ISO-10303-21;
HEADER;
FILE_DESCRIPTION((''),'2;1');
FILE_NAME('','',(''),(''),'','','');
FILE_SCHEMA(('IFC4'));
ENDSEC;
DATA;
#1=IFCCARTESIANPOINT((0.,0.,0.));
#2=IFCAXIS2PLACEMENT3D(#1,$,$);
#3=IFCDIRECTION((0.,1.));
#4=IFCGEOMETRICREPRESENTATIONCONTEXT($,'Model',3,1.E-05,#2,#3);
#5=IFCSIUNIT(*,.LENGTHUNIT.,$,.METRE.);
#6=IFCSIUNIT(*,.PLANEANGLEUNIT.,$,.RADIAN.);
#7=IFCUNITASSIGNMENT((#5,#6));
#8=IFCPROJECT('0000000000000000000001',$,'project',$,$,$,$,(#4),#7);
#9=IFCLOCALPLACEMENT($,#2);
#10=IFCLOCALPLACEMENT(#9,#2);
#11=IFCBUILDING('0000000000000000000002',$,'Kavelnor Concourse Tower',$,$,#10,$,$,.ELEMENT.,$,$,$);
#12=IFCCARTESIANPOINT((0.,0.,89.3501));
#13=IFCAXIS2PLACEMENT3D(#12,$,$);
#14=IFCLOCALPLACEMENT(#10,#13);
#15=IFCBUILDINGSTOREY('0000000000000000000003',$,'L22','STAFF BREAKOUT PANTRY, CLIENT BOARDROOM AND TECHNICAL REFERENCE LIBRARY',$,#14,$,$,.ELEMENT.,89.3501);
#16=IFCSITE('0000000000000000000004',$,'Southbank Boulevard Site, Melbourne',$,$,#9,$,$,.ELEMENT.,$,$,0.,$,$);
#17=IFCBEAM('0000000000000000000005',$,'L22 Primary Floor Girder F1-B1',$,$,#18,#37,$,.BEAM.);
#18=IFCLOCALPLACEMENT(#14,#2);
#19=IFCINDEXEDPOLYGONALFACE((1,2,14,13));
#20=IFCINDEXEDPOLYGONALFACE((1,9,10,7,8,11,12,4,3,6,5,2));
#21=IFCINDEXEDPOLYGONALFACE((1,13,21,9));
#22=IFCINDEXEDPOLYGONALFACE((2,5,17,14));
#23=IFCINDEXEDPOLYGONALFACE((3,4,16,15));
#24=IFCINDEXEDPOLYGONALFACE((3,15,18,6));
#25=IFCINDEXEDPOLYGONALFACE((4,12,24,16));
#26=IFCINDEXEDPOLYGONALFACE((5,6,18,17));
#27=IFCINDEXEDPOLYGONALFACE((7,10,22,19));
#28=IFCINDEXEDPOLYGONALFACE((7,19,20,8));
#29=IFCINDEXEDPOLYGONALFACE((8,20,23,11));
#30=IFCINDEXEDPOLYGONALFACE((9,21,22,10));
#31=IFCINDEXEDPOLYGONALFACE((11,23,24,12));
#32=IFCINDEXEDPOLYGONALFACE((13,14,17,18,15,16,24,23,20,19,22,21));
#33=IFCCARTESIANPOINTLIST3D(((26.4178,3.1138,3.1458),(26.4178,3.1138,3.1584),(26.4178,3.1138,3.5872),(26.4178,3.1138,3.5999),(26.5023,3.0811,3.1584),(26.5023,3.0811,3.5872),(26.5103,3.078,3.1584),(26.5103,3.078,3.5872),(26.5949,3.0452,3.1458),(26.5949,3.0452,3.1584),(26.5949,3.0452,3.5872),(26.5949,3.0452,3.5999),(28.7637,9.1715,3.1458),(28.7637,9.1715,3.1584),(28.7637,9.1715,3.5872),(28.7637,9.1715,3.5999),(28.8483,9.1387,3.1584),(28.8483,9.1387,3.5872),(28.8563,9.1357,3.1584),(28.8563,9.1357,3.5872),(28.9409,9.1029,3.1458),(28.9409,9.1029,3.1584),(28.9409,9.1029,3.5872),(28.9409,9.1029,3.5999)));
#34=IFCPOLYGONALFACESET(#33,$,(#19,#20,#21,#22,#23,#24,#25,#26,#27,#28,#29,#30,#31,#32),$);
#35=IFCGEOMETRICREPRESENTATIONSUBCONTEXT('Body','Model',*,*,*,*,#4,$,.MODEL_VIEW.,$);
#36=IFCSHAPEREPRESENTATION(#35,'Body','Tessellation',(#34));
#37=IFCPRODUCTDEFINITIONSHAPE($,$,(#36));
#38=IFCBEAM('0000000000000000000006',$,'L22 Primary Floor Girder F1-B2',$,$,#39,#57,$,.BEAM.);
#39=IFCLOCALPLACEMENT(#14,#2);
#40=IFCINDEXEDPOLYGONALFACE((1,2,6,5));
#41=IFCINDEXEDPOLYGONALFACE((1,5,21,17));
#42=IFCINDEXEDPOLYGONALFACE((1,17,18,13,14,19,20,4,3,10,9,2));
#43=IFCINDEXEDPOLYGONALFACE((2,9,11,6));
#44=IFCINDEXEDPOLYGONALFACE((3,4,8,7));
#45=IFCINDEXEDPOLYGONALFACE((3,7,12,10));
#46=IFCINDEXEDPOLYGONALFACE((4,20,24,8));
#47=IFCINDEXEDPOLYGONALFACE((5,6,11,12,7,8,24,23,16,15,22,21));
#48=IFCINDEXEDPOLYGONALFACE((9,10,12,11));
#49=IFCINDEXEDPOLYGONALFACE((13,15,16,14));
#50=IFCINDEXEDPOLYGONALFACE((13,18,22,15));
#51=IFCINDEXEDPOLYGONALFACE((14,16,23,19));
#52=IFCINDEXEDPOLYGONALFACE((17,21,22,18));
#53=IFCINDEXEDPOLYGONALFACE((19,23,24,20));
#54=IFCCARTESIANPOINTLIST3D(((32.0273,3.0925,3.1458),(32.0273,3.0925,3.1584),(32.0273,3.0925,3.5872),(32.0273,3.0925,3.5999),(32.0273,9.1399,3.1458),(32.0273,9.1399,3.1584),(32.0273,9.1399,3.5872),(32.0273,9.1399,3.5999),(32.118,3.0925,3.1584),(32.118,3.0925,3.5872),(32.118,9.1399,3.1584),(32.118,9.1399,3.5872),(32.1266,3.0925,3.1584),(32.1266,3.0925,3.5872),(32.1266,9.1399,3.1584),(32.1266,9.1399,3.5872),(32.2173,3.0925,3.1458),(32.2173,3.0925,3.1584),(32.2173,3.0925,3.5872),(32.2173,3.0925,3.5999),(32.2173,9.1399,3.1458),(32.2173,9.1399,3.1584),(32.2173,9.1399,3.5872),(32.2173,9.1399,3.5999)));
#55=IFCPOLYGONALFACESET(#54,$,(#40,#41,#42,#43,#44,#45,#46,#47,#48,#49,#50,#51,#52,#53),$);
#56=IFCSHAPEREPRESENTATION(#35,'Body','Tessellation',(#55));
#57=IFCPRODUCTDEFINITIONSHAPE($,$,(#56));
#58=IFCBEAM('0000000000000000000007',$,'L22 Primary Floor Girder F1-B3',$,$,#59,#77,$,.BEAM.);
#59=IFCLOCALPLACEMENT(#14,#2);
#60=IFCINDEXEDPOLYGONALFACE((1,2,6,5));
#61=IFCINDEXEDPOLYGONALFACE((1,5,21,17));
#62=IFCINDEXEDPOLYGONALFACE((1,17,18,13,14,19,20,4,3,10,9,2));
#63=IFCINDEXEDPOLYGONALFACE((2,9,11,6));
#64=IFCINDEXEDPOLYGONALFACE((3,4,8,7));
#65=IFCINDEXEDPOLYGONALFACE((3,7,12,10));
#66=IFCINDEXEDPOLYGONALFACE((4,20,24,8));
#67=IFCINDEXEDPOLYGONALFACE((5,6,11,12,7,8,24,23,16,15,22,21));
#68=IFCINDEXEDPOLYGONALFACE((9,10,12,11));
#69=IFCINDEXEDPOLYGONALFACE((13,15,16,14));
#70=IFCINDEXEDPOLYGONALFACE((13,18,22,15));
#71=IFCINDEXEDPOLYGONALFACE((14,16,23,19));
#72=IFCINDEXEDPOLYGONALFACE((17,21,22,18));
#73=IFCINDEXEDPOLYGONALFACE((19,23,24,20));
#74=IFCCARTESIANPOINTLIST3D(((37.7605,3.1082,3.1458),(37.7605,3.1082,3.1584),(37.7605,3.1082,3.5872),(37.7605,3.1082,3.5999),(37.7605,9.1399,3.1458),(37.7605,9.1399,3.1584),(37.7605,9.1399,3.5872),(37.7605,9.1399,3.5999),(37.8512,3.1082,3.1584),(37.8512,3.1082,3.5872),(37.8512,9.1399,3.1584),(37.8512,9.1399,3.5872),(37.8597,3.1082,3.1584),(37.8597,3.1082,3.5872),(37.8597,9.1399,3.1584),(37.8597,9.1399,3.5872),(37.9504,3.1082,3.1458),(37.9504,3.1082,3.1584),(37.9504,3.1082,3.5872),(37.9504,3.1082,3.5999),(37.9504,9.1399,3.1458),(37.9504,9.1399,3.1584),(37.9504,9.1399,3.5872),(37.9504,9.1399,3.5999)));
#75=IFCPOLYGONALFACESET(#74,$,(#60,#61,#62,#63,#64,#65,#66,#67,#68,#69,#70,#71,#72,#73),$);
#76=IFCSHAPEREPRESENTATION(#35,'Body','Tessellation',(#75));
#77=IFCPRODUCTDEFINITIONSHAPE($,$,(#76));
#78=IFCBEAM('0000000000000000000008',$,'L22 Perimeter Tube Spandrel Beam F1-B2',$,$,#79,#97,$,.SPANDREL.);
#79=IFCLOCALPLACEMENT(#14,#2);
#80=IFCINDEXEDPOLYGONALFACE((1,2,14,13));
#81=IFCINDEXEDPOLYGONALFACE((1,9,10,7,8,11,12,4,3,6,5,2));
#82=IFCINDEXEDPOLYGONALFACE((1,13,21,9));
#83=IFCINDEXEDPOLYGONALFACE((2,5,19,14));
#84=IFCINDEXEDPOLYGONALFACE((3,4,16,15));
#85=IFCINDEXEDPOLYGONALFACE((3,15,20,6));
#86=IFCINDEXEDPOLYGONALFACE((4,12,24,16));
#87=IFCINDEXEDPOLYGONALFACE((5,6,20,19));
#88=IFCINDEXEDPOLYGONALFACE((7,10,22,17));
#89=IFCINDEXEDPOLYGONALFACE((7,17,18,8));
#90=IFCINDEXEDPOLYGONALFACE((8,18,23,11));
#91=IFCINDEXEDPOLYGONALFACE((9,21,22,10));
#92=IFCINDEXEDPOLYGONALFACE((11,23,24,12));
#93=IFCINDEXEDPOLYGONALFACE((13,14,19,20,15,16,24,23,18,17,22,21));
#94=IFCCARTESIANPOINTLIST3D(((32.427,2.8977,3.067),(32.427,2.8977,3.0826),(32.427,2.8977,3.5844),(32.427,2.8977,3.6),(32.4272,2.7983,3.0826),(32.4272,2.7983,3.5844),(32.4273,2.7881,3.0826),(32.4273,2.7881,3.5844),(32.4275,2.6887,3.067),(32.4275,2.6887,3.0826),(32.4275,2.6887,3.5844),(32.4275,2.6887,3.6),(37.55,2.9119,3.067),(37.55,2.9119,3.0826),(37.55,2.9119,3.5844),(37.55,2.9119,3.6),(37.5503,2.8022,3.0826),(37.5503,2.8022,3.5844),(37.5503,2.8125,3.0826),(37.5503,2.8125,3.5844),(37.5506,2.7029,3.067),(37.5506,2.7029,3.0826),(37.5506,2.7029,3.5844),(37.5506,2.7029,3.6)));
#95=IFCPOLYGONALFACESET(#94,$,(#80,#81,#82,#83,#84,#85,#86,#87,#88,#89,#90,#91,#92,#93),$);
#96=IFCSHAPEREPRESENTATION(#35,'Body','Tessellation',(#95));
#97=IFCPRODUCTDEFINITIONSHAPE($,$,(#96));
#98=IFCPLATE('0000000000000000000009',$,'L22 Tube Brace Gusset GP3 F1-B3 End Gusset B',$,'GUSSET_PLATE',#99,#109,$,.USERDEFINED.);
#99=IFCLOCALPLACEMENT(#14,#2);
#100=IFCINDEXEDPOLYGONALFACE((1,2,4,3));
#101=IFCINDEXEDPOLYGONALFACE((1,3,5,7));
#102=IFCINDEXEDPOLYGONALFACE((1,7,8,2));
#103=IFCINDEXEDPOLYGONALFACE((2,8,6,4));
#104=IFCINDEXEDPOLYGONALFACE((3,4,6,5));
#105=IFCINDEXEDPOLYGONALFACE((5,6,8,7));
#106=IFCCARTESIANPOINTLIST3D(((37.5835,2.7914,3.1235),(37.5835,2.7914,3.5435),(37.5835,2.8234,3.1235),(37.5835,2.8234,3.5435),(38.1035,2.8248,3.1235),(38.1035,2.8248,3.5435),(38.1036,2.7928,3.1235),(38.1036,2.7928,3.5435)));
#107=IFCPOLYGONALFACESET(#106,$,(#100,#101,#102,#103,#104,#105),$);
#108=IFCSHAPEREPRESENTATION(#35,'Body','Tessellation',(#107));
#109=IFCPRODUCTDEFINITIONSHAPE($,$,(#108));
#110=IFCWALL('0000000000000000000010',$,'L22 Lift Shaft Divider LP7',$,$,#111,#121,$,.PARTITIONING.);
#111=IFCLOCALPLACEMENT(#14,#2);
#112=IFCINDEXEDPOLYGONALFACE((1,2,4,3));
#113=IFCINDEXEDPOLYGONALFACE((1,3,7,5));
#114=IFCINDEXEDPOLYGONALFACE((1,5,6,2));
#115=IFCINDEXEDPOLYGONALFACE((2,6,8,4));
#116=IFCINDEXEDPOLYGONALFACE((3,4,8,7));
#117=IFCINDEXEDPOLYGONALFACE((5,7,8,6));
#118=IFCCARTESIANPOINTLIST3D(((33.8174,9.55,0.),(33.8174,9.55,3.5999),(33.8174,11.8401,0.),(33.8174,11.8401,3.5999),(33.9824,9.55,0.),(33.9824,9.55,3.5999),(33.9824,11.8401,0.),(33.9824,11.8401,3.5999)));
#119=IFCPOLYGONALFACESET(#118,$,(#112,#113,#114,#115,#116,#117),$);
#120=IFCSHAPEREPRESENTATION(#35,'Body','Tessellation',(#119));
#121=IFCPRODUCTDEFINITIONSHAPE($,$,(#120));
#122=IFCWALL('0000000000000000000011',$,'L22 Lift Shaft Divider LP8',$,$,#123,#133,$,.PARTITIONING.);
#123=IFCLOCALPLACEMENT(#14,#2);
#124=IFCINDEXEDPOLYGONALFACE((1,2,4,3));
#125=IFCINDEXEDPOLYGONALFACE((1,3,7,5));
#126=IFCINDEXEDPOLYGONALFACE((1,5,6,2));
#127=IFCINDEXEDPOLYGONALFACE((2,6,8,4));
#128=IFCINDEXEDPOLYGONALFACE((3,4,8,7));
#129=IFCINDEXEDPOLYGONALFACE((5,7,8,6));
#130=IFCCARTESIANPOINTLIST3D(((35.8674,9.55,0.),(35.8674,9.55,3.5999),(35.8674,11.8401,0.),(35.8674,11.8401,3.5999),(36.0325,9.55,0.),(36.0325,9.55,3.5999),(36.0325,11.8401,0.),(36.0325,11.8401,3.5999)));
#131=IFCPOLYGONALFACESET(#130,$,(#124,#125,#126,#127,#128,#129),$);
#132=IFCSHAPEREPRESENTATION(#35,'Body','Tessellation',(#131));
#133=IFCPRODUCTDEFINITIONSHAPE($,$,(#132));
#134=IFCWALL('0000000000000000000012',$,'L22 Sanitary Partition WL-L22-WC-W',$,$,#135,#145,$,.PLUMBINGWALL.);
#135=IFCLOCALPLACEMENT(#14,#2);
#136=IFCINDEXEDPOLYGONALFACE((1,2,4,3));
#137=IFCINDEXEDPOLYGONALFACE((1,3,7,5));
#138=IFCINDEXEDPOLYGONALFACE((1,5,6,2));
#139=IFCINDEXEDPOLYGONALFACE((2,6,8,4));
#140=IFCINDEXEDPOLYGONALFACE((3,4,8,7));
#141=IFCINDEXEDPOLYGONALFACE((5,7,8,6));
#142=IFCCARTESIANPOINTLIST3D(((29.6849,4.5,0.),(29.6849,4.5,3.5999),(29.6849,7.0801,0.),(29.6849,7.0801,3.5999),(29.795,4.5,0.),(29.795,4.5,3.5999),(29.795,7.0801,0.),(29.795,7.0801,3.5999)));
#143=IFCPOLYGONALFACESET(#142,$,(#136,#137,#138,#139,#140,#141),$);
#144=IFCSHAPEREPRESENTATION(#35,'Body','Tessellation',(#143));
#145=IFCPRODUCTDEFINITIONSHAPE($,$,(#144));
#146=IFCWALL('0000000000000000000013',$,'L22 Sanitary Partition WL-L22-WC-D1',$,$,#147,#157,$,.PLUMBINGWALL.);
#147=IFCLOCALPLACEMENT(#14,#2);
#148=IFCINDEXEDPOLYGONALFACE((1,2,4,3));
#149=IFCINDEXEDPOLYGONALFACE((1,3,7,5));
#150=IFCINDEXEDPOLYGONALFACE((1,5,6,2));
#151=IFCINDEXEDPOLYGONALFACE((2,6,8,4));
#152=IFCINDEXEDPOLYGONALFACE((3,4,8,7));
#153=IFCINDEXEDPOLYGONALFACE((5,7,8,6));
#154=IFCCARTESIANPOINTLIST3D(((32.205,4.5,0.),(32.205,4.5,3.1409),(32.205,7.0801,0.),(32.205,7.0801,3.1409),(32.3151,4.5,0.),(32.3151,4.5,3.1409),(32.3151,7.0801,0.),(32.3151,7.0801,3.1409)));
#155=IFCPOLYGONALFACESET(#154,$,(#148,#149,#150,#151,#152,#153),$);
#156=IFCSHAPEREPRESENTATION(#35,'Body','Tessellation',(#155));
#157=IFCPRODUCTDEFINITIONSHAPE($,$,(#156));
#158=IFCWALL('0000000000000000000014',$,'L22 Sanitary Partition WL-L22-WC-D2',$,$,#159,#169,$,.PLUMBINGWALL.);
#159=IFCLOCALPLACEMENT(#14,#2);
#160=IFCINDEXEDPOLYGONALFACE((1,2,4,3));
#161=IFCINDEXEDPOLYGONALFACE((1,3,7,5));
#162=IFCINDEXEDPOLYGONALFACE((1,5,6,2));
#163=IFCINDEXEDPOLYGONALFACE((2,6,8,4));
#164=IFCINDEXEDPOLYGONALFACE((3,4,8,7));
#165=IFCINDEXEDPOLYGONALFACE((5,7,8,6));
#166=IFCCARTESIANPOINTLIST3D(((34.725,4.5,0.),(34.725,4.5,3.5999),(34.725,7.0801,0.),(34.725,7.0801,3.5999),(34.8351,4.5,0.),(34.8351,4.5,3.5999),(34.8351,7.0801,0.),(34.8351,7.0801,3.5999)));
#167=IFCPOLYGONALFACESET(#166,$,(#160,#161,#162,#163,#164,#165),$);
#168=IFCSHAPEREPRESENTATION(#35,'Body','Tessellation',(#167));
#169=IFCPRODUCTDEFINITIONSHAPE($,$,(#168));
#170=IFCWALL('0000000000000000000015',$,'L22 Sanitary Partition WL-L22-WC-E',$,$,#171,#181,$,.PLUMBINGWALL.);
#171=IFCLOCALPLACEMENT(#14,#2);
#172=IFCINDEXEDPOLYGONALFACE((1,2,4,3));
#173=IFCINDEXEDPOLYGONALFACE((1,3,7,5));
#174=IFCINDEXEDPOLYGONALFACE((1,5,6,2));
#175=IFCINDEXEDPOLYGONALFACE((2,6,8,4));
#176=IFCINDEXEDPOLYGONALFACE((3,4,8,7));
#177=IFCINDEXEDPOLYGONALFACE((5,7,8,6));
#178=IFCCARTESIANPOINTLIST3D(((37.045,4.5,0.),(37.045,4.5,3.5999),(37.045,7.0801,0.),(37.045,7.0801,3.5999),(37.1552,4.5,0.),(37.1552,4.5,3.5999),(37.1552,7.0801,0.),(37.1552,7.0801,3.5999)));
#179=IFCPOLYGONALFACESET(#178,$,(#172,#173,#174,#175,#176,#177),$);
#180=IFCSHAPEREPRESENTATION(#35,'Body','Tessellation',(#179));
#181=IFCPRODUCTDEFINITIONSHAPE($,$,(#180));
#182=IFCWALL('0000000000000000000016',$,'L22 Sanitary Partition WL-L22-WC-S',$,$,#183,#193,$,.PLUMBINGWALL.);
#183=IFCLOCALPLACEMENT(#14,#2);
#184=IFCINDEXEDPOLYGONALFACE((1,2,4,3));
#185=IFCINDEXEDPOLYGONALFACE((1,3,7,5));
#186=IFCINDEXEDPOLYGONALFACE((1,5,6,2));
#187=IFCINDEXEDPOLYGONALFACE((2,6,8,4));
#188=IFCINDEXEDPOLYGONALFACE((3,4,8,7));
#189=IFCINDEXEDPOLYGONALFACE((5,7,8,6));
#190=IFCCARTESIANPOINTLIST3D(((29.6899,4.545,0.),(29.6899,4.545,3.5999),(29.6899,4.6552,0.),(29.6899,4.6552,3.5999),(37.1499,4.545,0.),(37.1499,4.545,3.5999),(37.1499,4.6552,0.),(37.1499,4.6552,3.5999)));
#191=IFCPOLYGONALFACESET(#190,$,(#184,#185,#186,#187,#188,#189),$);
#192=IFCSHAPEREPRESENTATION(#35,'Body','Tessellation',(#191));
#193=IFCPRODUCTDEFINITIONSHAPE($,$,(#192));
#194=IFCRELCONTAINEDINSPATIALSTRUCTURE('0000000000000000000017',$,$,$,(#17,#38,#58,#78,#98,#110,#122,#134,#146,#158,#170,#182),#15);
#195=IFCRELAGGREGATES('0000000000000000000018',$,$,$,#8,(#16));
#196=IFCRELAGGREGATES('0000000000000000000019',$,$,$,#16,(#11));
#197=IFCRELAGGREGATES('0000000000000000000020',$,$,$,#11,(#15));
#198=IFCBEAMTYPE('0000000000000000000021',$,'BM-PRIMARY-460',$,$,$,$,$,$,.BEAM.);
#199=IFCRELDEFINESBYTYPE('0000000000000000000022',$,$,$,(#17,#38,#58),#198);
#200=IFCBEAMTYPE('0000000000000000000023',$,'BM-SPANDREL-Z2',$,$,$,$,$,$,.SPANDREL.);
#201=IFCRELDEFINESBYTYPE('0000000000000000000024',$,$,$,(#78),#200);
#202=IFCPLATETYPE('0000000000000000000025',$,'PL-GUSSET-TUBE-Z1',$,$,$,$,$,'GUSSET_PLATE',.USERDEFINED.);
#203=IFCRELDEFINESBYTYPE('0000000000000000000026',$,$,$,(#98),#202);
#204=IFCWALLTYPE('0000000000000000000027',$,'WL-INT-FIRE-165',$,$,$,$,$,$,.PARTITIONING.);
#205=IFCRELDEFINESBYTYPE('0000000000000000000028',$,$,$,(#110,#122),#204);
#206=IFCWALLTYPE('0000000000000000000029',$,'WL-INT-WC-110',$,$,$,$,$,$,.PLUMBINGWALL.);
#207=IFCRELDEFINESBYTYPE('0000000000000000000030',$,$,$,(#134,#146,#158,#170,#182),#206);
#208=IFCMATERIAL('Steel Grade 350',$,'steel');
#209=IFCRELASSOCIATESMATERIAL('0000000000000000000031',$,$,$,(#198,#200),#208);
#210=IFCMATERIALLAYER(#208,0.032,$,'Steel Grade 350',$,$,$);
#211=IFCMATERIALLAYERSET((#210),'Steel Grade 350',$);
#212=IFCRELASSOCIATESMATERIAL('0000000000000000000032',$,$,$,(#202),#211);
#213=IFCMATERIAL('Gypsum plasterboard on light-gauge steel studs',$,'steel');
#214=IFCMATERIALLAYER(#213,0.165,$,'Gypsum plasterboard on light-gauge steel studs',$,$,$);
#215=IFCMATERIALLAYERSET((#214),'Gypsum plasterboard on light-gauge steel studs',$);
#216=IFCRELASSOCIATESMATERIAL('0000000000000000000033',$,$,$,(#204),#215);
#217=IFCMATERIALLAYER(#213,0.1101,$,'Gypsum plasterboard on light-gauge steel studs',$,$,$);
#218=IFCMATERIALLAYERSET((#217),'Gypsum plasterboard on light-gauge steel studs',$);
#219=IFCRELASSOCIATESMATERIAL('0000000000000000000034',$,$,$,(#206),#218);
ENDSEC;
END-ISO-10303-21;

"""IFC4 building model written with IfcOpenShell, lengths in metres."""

from ifc_helpers import new_model, si_unit, direction, frame, frame_2d, origin, origin_2d, place, context, subcontext, project, spatial, rectangle, i_section, extrude, material, layer, layer_set, material_profile, profile_set, type_object, element, save


model = new_model("IFC4")

# Units and contexts
model_context = context("Model", 3, precision=1e-05, world=origin(), true_north=direction((0.0, 1.0)))
body_context = subcontext(model_context, "Body", "Model", "MODEL_VIEW")
ifc_project = project(units=[si_unit("LENGTHUNIT", "METRE"), si_unit("PLANEANGLEUNIT", "RADIAN")], contexts=[model_context])

# Site, building, storey
site_placement = place(None, origin())
site = spatial("IfcSite", under=ifc_project, at=site_placement, Name="Southbank Boulevard Site, Melbourne", CompositionType="ELEMENT", RefElevation=0.0)
building_placement = place(site_placement, origin())
building = spatial("IfcBuilding", under=site, at=building_placement, Name="Kavelnor Concourse Tower", CompositionType="ELEMENT")
storey_placement = place(building_placement, frame((0.0, 0.0, 89.3501)))
storey = spatial("IfcBuildingStorey", under=building, at=storey_placement, Name="L22", Description="STAFF BREAKOUT PANTRY, CLIENT BOARDROOM AND TECHNICAL REFERENCE LIBRARY", CompositionType="ELEMENT", Elevation=89.3501)

# Shared definitions
ifc_material_1 = material(Name="Steel Grade 350", Category="steel")

# Beams
ifc_material_profile_1 = material_profile(ifc_material_1, i_section(OverallWidth=0.1899, OverallDepth=0.4541, WebThickness=0.0085, FlangeThickness=0.0127, at=origin_2d()), Name="460UB67")
ifc_profile_set_1 = profile_set([ifc_material_profile_1], Name="Steel Grade 350")
beam_type_1 = type_object("IfcBeamType", Name="BM-PRIMARY-460", PredefinedType="BEAM", material=ifc_profile_set_1)
beam_1_placement = place(storey_placement, frame((28.8523, 9.1372, 3.3728), z_axis=(-0.361136, -0.932513, 0.0), x_axis=(0.932513, -0.361136, 0.0)))
element("IfcBeam", 1, at=beam_1_placement, inside=storey, type_object=beam_type_1, Name="L22 Primary Floor Girder F1-B1", PredefinedType="BEAM", context=body_context, shape_type="SweptSolid", body=[
    extrude(i_section(OverallWidth=0.1899, OverallDepth=0.4541, WebThickness=0.0085, FlangeThickness=0.0127, at=origin_2d()), origin(), (0.0, 0.0, 1.0), 6.4961),
])
beam_2_placement = place(storey_placement, frame((32.1223, 9.1399, 3.3728), z_axis=(0.0, -1.0, 0.0), x_axis=(1.0, 0.0, 0.0)))
element("IfcBeam", 2, at=beam_2_placement, inside=storey, type_object=beam_type_1, Name="L22 Primary Floor Girder F1-B2", PredefinedType="BEAM", context=body_context, shape_type="SweptSolid", body=[
    extrude(i_section(OverallWidth=0.1899, OverallDepth=0.4541, WebThickness=0.0085, FlangeThickness=0.0127, at=origin_2d()), origin(), (0.0, 0.0, 1.0), 6.0474),
])
beam_3_placement = place(storey_placement, frame((37.8555, 9.1399, 3.3728), z_axis=(0.0, -1.0, 0.0), x_axis=(1.0, 0.0, 0.0)))
element("IfcBeam", 3, at=beam_3_placement, inside=storey, type_object=beam_type_1, Name="L22 Primary Floor Girder F1-B3", PredefinedType="BEAM", context=body_context, shape_type="SweptSolid", body=[
    extrude(i_section(OverallWidth=0.1899, OverallDepth=0.4541, WebThickness=0.0085, FlangeThickness=0.0127, at=origin_2d()), origin(), (0.0, 0.0, 1.0), 6.0317),
])
ifc_material_profile_2 = material_profile(ifc_material_1, i_section(OverallWidth=0.209, OverallDepth=0.533, WebThickness=0.0103, FlangeThickness=0.0156, at=origin_2d()), Name="530UB92")
ifc_profile_set_2 = profile_set([ifc_material_profile_2], Name="Steel Grade 350")
beam_type_2 = type_object("IfcBeamType", Name="BM-SPANDREL-Z2", PredefinedType="SPANDREL", material=ifc_profile_set_2)
beam_4_placement = place(storey_placement, frame((32.4272, 2.7932, 3.3335), z_axis=(0.999996, 0.002764, 0.0), x_axis=(-0.002764, 0.999996, 0.0)))
element("IfcBeam", 4, at=beam_4_placement, inside=storey, type_object=beam_type_2, Name="L22 Perimeter Tube Spandrel Beam F1-B2", PredefinedType="SPANDREL", context=body_context, shape_type="SweptSolid", body=[
    extrude(i_section(OverallWidth=0.209, OverallDepth=0.533, WebThickness=0.0103, FlangeThickness=0.0156, at=origin_2d()), origin(), (0.0, 0.0, 1.0), 5.123),
])

# Plate
ifc_layer_1 = layer(ifc_material_1, 0.032, Name="Steel Grade 350")
ifc_layer_set_1 = layer_set([ifc_layer_1], Name="Steel Grade 350")
plate_type = type_object("IfcPlateType", Name="PL-GUSSET-TUBE-Z1", ElementType="GUSSET_PLATE", PredefinedType="USERDEFINED", material=ifc_layer_set_1)
plate_placement = place(storey_placement, frame((37.8435, 2.8081, 3.1235), z_axis=(0.0, 0.0, 1.0), x_axis=(-0.999996, -0.002793, 0.0)))
element("IfcPlate", 5, at=plate_placement, inside=storey, type_object=plate_type, Name="L22 Tube Brace Gusset GP3 F1-B3 End Gusset B", ObjectType="GUSSET_PLATE", PredefinedType="USERDEFINED", context=body_context, shape_type="SweptSolid", body=[
    extrude(rectangle(XDim=0.52, YDim=0.032, at=origin_2d()), origin(), (0.0, 0.0, 1.0), 0.4199),
])

# Walls
ifc_material_2 = material(Name="Gypsum plasterboard on light-gauge steel studs", Category="steel")
ifc_layer_2 = layer(ifc_material_2, 0.165, Name="Gypsum plasterboard on light-gauge steel studs")
ifc_layer_set_2 = layer_set([ifc_layer_2], Name="Gypsum plasterboard on light-gauge steel studs")
wall_type_1 = type_object("IfcWallType", Name="WL-INT-FIRE-165", PredefinedType="PARTITIONING", material=ifc_layer_set_2)
for number, where, z_axis, x_axis, name in (
    (6, (33.8999, 9.55, 0.0), (0.0, 0.0, 1.0), (0.0, 1.0, 0.0), "L22 Lift Shaft Divider LP7"),
    (7, (35.95, 9.55, 0.0), (0.0, 0.0, 1.0), (0.0, 1.0, 0.0), "L22 Lift Shaft Divider LP8"),
):
    element("IfcWall", number, at=place(storey_placement, frame(where, z_axis=z_axis, x_axis=x_axis)), inside=storey, type_object=wall_type_1, Name=name, PredefinedType="PARTITIONING", context=body_context, shape_type="SweptSolid", body=[
        extrude(rectangle(XDim=2.29, YDim=0.165, at=frame_2d((1.145, 0.0))), origin(), (0.0, 0.0, 1.0), 3.5999),
    ])
ifc_layer_3 = layer(ifc_material_2, 0.1101, Name="Gypsum plasterboard on light-gauge steel studs")
ifc_layer_set_3 = layer_set([ifc_layer_3], Name="Gypsum plasterboard on light-gauge steel studs")
wall_type_2 = type_object("IfcWallType", Name="WL-INT-WC-110", PredefinedType="PLUMBINGWALL", material=ifc_layer_set_3)
wall_1_placement = place(storey_placement, frame((29.74, 4.5, 0.0), z_axis=(0.0, 0.0, 1.0), x_axis=(0.0, 1.0, 0.0)))
element("IfcWall", 8, at=wall_1_placement, inside=storey, type_object=wall_type_2, Name="L22 Sanitary Partition WL-L22-WC-W", PredefinedType="PLUMBINGWALL", context=body_context, shape_type="SweptSolid", body=[
    extrude(rectangle(XDim=2.5801, YDim=0.1101, at=frame_2d((1.29, 0.0))), origin(), (0.0, 0.0, 1.0), 3.5999),
])
wall_2_placement = place(storey_placement, frame((32.26, 4.5, 0.0), z_axis=(0.0, 0.0, 1.0), x_axis=(0.0, 1.0, 0.0)))
element("IfcWall", 9, at=wall_2_placement, inside=storey, type_object=wall_type_2, Name="L22 Sanitary Partition WL-L22-WC-D1", PredefinedType="PLUMBINGWALL", context=body_context, shape_type="SweptSolid", body=[
    extrude(rectangle(XDim=2.5801, YDim=0.1101, at=frame_2d((1.29, 0.0))), origin(), (0.0, 0.0, 1.0), 3.1409),
])
for number, where, z_axis, x_axis, name in (
    (10, (34.78, 4.5, 0.0), (0.0, 0.0, 1.0), (0.0, 1.0, 0.0), "L22 Sanitary Partition WL-L22-WC-D2"),
    (11, (37.1001, 4.5, 0.0), (0.0, 0.0, 1.0), (0.0, 1.0, 0.0), "L22 Sanitary Partition WL-L22-WC-E"),
):
    element("IfcWall", number, at=place(storey_placement, frame(where, z_axis=z_axis, x_axis=x_axis)), inside=storey, type_object=wall_type_2, Name=name, PredefinedType="PLUMBINGWALL", context=body_context, shape_type="SweptSolid", body=[
        extrude(rectangle(XDim=2.5801, YDim=0.1101, at=frame_2d((1.29, 0.0))), origin(), (0.0, 0.0, 1.0), 3.5999),
    ])
wall_3_placement = place(storey_placement, frame((29.6899, 4.6001, 0.0), z_axis=(0.0, 0.0, 1.0), x_axis=(1.0, 0.0, 0.0)))
element("IfcWall", 12, at=wall_3_placement, inside=storey, type_object=wall_type_2, Name="L22 Sanitary Partition WL-L22-WC-S", PredefinedType="PLUMBINGWALL", context=body_context, shape_type="SweptSolid", body=[
    extrude(rectangle(XDim=7.46, YDim=0.1101, at=frame_2d((3.73, 0.0))), origin(), (0.0, 0.0, 1.0), 3.5999),
])

save(model, "model.ifc")
